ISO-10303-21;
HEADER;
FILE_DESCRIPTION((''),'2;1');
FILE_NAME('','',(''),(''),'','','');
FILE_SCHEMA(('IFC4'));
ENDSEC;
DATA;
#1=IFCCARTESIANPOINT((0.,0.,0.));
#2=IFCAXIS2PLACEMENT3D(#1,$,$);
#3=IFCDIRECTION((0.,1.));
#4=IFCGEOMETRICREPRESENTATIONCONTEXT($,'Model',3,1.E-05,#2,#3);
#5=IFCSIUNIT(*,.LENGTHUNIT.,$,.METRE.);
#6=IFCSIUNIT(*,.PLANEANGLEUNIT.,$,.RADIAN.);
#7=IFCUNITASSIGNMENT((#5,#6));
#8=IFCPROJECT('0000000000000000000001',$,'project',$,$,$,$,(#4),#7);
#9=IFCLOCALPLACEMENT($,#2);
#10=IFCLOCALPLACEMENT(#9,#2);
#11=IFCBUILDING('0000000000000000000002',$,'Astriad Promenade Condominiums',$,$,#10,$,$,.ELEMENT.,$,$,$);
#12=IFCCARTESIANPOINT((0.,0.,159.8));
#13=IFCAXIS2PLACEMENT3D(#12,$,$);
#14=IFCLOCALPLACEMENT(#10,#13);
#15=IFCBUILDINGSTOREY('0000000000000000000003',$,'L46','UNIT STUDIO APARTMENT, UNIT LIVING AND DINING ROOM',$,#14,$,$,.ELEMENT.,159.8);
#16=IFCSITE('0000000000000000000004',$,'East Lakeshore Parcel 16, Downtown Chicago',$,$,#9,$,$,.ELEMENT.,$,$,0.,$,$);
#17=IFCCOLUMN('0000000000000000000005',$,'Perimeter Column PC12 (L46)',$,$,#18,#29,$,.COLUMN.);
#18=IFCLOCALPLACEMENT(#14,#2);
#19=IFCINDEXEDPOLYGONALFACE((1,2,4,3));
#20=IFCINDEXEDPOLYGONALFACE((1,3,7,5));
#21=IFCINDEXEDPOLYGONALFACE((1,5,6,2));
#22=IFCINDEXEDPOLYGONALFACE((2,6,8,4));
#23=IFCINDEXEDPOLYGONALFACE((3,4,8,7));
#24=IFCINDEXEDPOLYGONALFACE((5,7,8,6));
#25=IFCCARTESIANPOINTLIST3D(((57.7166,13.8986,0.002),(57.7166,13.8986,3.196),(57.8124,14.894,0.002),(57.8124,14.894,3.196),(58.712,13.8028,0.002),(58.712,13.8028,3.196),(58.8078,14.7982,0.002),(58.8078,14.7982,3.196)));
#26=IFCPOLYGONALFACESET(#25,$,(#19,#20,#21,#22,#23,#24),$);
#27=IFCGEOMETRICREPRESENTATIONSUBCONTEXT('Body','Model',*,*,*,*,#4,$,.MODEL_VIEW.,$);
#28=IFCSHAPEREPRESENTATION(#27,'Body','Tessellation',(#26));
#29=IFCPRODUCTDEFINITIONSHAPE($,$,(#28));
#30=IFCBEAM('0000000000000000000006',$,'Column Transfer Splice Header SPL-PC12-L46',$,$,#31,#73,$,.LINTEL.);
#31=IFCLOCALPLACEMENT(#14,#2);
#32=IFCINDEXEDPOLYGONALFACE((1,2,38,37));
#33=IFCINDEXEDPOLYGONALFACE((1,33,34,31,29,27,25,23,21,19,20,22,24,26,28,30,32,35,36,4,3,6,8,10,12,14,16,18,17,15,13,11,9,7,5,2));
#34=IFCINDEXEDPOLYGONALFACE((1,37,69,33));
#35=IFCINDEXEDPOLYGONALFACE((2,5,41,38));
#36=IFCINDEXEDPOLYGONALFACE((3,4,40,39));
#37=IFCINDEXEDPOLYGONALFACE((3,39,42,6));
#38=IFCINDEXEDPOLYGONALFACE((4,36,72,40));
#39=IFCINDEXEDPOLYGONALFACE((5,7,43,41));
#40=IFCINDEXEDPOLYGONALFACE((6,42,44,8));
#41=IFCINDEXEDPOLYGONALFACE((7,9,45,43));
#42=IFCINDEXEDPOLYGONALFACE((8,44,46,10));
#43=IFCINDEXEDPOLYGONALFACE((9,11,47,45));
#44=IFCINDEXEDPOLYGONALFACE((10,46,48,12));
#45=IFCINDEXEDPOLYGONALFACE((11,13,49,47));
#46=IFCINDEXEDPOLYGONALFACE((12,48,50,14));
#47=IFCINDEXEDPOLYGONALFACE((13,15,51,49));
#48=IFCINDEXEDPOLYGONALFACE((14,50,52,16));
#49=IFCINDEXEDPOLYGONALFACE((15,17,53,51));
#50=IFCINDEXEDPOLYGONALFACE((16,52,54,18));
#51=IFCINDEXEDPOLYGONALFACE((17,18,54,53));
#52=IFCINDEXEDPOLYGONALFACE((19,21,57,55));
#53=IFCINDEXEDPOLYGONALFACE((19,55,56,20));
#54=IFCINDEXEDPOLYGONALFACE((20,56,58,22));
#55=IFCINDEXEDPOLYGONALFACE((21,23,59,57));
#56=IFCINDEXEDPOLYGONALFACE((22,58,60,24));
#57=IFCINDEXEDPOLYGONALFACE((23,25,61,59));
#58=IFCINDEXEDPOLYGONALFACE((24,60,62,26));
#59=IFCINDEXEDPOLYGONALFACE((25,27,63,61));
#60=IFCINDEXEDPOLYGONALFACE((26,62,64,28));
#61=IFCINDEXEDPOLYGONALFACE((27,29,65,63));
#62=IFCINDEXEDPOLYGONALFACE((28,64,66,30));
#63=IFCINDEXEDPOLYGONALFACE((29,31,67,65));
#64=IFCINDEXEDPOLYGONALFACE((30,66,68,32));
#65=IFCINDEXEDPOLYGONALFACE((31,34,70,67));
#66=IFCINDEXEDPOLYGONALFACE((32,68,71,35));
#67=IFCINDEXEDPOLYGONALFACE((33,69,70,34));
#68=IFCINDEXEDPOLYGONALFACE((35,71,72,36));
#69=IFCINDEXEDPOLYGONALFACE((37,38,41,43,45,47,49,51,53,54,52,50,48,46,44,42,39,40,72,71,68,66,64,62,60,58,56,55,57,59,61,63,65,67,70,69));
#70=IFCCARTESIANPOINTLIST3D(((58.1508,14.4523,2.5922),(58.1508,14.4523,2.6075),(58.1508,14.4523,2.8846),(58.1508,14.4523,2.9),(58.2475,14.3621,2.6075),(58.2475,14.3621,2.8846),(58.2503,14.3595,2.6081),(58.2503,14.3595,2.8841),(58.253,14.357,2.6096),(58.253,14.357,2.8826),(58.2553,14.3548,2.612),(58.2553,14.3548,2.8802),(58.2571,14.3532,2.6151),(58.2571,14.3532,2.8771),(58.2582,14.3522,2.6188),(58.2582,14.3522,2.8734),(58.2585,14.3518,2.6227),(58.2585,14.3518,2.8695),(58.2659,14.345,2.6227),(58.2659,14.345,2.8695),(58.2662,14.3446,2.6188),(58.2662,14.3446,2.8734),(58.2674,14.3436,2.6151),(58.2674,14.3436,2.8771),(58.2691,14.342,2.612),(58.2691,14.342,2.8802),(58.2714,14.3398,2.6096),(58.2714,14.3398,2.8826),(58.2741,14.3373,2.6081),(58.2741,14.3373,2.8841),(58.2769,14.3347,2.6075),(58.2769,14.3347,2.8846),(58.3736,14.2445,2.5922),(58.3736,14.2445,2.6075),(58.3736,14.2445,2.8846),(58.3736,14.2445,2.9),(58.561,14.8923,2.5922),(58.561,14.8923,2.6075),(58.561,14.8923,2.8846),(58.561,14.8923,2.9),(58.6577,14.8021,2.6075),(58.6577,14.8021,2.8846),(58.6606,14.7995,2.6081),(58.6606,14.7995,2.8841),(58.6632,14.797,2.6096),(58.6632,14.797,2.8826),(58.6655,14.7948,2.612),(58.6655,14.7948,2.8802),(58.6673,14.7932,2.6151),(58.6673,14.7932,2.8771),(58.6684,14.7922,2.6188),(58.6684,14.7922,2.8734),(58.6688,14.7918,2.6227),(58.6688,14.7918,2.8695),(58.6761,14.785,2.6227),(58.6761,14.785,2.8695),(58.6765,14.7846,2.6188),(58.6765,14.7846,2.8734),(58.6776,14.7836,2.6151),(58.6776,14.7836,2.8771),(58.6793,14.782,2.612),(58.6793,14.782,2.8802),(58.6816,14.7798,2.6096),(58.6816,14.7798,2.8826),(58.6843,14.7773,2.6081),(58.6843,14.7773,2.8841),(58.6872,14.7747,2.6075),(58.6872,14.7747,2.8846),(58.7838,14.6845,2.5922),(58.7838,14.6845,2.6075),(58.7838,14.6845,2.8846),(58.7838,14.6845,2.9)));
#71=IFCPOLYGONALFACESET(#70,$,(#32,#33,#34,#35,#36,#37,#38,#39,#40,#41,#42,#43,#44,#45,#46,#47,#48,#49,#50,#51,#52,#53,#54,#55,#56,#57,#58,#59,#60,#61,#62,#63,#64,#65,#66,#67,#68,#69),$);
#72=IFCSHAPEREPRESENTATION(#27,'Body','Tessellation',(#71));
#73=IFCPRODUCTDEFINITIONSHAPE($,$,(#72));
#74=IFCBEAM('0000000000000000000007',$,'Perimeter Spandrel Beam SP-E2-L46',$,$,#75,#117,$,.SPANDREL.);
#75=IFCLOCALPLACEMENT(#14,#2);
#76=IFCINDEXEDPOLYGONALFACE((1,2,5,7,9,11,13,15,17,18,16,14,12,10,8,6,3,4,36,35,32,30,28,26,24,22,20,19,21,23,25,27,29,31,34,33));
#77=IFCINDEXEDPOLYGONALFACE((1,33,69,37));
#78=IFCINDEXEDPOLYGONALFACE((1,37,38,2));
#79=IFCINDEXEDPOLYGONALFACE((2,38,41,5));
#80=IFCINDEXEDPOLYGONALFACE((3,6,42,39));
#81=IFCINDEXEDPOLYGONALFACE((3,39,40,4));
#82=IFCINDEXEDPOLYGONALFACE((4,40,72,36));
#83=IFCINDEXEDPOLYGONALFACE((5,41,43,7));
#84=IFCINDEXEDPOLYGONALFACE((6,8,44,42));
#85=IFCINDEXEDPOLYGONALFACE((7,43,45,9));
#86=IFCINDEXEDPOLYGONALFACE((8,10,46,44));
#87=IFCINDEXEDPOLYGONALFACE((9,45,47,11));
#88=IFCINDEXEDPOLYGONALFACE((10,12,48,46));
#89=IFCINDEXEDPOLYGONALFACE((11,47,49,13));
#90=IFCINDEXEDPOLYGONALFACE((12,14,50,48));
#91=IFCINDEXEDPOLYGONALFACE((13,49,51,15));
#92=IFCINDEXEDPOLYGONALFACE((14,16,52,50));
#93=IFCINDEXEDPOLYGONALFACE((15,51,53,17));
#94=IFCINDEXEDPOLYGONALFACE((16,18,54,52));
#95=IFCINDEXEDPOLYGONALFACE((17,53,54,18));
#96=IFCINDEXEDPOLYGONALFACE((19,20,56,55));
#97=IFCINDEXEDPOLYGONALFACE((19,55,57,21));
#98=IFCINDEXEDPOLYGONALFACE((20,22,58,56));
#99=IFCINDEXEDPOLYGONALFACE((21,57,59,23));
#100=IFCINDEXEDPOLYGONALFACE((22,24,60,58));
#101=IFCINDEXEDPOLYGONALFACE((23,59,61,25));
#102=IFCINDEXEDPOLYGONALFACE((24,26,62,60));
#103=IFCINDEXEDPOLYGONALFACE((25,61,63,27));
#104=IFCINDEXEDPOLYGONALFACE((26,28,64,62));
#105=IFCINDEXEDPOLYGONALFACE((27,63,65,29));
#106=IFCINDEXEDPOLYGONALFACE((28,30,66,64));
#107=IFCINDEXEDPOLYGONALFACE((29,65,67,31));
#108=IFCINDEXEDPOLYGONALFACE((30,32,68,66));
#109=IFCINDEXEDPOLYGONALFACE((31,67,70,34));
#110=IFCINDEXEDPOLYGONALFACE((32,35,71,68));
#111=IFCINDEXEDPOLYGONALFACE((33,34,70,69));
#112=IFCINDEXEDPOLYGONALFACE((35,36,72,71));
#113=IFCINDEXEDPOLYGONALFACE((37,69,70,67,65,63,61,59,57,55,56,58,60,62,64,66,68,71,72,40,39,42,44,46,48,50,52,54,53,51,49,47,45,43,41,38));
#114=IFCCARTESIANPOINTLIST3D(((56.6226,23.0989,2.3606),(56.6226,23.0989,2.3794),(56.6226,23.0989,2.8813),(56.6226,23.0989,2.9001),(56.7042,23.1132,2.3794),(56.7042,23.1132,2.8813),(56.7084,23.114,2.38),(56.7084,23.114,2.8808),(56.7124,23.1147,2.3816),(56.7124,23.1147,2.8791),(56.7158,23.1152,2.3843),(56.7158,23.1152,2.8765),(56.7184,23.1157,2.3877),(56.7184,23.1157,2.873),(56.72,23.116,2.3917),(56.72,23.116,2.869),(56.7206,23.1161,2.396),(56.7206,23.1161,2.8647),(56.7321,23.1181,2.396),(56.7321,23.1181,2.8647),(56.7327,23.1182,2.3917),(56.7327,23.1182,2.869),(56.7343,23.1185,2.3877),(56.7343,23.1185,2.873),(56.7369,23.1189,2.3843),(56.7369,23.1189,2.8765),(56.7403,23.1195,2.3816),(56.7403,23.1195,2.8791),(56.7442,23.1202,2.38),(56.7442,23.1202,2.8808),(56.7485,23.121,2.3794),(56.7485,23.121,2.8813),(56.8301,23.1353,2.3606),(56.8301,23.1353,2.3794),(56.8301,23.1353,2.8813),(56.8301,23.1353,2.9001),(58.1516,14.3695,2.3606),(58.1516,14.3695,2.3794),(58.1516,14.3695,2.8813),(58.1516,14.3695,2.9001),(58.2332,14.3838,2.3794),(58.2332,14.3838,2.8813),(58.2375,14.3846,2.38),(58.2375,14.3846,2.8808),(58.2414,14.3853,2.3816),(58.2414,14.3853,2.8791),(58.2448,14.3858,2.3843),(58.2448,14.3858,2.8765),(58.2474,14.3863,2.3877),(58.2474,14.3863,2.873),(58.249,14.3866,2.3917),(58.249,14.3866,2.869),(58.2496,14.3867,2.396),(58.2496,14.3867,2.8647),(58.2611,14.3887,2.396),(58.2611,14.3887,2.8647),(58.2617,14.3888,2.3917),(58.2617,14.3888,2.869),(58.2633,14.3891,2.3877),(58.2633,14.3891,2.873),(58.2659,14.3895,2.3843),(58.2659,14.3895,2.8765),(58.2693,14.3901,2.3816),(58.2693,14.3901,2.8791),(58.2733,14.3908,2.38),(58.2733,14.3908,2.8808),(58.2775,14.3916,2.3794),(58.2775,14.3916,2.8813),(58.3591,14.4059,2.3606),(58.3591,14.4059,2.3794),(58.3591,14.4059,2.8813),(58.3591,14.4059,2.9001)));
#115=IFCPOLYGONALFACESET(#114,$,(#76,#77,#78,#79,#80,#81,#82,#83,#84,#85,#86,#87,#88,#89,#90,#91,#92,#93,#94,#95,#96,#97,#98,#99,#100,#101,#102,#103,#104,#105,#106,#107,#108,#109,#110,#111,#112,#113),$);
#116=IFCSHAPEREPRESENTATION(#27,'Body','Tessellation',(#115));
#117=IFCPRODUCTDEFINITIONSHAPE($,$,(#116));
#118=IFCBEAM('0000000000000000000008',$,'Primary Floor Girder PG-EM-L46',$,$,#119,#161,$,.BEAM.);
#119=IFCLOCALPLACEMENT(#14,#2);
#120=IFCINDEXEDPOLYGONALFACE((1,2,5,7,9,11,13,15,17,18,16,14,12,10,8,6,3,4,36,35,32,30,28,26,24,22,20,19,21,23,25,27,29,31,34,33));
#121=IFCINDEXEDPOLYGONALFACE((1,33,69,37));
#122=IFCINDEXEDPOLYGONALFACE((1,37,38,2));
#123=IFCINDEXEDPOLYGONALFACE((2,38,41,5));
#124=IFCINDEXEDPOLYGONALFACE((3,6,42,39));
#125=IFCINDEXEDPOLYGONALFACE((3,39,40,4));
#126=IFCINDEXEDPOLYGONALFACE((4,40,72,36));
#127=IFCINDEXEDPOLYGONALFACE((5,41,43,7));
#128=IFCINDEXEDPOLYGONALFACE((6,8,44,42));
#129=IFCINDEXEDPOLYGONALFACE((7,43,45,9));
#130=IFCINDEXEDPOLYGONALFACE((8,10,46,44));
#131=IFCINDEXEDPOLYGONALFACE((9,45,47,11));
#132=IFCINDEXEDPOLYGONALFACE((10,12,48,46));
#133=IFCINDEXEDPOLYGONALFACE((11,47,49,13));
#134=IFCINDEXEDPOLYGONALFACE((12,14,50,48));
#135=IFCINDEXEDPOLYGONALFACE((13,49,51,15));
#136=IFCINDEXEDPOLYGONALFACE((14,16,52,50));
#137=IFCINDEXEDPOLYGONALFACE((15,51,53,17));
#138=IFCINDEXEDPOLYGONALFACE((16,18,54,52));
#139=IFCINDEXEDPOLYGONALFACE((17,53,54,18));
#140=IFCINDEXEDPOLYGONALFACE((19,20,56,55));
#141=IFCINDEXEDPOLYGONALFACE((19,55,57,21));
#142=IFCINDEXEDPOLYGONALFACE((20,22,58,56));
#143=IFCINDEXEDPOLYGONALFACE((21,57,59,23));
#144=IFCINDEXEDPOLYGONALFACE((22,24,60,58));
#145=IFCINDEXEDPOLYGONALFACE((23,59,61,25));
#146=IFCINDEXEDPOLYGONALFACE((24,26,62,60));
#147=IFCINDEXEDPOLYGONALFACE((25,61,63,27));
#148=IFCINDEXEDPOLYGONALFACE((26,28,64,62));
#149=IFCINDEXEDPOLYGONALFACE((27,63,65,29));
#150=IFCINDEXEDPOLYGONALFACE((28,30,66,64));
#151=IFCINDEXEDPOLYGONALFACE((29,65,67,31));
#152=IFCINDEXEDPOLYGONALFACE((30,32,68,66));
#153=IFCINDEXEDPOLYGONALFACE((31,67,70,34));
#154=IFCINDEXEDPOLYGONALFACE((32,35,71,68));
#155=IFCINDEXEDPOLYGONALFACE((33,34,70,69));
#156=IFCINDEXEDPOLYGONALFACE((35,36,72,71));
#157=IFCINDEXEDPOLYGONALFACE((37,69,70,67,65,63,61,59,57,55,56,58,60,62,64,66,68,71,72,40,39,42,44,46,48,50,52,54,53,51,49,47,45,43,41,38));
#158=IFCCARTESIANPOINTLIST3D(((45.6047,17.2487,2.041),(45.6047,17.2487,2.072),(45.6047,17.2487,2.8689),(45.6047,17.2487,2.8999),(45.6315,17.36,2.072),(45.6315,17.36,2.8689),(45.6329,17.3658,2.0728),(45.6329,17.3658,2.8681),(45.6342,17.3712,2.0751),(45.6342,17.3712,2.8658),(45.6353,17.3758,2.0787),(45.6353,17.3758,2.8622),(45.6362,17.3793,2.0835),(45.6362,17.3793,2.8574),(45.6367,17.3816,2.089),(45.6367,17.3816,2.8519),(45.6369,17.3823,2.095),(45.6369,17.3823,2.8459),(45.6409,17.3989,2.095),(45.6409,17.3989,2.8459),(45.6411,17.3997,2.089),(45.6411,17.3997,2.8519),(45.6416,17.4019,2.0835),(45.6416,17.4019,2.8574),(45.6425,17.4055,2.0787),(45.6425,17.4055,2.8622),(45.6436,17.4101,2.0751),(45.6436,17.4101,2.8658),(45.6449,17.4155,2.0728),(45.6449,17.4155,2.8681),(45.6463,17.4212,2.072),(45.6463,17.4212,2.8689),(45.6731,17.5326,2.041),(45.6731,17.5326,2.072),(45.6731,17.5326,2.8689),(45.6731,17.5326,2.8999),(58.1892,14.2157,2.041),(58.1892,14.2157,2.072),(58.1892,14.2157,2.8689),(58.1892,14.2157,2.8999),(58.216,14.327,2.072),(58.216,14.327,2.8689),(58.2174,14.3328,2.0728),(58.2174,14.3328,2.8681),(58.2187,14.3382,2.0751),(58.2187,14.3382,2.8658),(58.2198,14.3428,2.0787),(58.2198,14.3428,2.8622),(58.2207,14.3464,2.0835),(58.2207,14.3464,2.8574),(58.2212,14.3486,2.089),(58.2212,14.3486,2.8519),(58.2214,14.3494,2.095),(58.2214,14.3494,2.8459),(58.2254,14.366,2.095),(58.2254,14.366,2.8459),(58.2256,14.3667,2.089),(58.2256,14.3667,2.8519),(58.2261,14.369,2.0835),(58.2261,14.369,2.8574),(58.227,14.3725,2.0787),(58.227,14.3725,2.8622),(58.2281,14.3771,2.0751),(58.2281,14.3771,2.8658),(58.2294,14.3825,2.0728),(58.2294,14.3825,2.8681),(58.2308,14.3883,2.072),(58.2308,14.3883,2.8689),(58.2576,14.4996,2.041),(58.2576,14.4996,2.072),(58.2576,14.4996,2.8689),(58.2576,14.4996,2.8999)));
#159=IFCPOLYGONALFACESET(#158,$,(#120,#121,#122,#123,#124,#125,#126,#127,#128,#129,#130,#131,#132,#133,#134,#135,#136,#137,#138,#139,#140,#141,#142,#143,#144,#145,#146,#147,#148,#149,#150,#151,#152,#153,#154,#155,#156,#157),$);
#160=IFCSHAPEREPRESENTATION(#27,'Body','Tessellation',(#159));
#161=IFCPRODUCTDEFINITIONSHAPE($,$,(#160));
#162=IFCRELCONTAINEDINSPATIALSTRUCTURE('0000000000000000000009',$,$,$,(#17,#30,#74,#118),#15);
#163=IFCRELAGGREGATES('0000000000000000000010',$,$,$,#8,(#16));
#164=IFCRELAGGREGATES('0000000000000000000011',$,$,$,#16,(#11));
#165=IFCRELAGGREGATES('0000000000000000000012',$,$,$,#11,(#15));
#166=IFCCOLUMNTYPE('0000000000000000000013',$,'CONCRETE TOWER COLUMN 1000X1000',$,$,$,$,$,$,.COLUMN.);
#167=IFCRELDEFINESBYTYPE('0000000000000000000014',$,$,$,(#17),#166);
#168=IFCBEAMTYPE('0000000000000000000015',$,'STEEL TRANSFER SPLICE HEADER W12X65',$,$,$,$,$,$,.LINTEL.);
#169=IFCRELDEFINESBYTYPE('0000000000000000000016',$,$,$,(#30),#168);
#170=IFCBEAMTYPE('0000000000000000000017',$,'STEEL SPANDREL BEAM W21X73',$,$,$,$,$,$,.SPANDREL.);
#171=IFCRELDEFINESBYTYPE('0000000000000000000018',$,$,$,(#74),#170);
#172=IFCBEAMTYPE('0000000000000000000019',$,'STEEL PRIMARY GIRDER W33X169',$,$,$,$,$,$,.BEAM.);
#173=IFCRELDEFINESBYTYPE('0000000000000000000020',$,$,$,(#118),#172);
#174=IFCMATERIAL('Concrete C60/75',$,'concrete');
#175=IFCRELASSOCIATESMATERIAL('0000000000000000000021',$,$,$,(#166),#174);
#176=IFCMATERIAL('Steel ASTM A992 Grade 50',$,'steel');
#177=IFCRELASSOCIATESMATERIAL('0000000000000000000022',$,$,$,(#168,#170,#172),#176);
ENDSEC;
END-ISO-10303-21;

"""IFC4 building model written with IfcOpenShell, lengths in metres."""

from ifc_helpers import new_model, si_unit, direction, frame, origin, origin_2d, place, context, subcontext, project, spatial, rectangle, i_section, extrude, source, transform, mapped, material, material_profile, profile_set, type_object, type_shapes, element, save


model = new_model("IFC4")

# Units and contexts
model_context = context("Model", 3, precision=1e-05, world=origin(), true_north=direction((0.0, 1.0)))
body_context = subcontext(model_context, "Body", "Model", "MODEL_VIEW")
ifc_project = project(units=[si_unit("LENGTHUNIT", "METRE"), si_unit("PLANEANGLEUNIT", "RADIAN")], contexts=[model_context])

# Site, building, storey
site_placement = place(None, origin())
site = spatial("IfcSite", under=ifc_project, at=site_placement, Name="East Lakeshore Parcel 16, Downtown Chicago", CompositionType="ELEMENT", RefElevation=0.0)
building_placement = place(site_placement, origin())
building = spatial("IfcBuilding", under=site, at=building_placement, Name="Astriad Promenade Condominiums", CompositionType="ELEMENT")
storey_placement = place(building_placement, frame((0.0, 0.0, 159.8)))
storey = spatial("IfcBuildingStorey", under=building, at=storey_placement, Name="L46", Description="UNIT STUDIO APARTMENT, UNIT LIVING AND DINING ROOM", CompositionType="ELEMENT", Elevation=159.8)

# Column
ifc_material_1 = material(Name="Concrete C60/75", Category="concrete")
ifc_material_profile_1 = material_profile(ifc_material_1, rectangle(XDim=1.0, YDim=1.0, at=origin_2d()), Name="RC-COL-1000X1000")
ifc_profile_set_1 = profile_set([ifc_material_profile_1], Name="Concrete C60/75")
column_type = type_object("IfcColumnType", Name="CONCRETE TOWER COLUMN 1000X1000", PredefinedType="COLUMN", material=ifc_profile_set_1)
shared_shape_1 = source(origin(), body_context, "Body", "SweptSolid", [
    extrude(rectangle(XDim=1.0, YDim=1.0, at=origin_2d()), origin(), (0.0, 0.0, 1.0), 3.1941),
])
type_shapes(column_type, [shared_shape_1])
column_placement = place(storey_placement, frame((58.2622, 14.3484, 0.002), z_axis=(0.0, 0.0, 1.0), x_axis=(0.995396, -0.095846, 0.0)))
element("IfcColumn", 1, at=column_placement, inside=storey, type_object=column_type, Name="Perimeter Column PC12 (L46)", PredefinedType="COLUMN", context=body_context, shape_type="MappedRepresentation", body=[
    mapped(shared_shape_1, transform((0.0, 0.0, 0.0), scale=1.0)),
])

# Beams
ifc_material_2 = material(Name="Steel ASTM A992 Grade 50", Category="steel")
ifc_material_profile_2 = material_profile(ifc_material_2, i_section(OverallWidth=0.3047, OverallDepth=0.3079, WebThickness=0.01, FlangeThickness=0.0154, FilletRadius=0.0151, at=origin_2d()), Name="W12X65")
ifc_profile_set_2 = profile_set([ifc_material_profile_2], Name="Steel ASTM A992 Grade 50")
beam_type_1 = type_object("IfcBeamType", Name="STEEL TRANSFER SPLICE HEADER W12X65", PredefinedType="LINTEL", material=ifc_profile_set_2)
shared_shape_2 = source(origin(), body_context, "Body", "SweptSolid", [
    extrude(i_section(OverallWidth=0.3047, OverallDepth=0.3079, WebThickness=0.01, FlangeThickness=0.0154, FilletRadius=0.0151, at=origin_2d()), origin(), (0.0, 0.0, 1.0), 0.6016),
])
type_shapes(beam_type_1, [shared_shape_2])
beam_1_placement = place(storey_placement, frame((58.2622, 14.3484, 2.7461), z_axis=(0.681913, 0.731433, 0.0), x_axis=(-0.731433, 0.681913, 0.0)))
element("IfcBeam", 2, at=beam_1_placement, inside=storey, type_object=beam_type_1, Name="Column Transfer Splice Header SPL-PC12-L46", PredefinedType="LINTEL", context=body_context, shape_type="MappedRepresentation", body=[
    mapped(shared_shape_2, transform((0.0, 0.0, 0.0), scale=1.0)),
])
ifc_material_profile_3 = material_profile(ifc_material_2, i_section(OverallWidth=0.2107, OverallDepth=0.5396, WebThickness=0.0117, FlangeThickness=0.0188, FilletRadius=0.0166, at=origin_2d()), Name="W21X73")
ifc_profile_set_3 = profile_set([ifc_material_profile_3], Name="Steel ASTM A992 Grade 50")
beam_type_2 = type_object("IfcBeamType", Name="STEEL SPANDREL BEAM W21X73", PredefinedType="SPANDREL", material=ifc_profile_set_3)
shared_shape_3 = source(origin(), body_context, "Body", "SweptSolid", [
    extrude(i_section(OverallWidth=0.2107, OverallDepth=0.5396, WebThickness=0.0117, FlangeThickness=0.0188, FilletRadius=0.0166, at=origin_2d()), origin(), (0.0, 0.0, 1.0), 8.8623),
])
type_shapes(beam_type_2, [shared_shape_3])
beam_2_placement = place(storey_placement, frame((58.2554, 14.3877, 2.6304), z_axis=(-0.172533, 0.985004, 0.0), x_axis=(-0.985004, -0.172533, 0.0)))
element("IfcBeam", 3, at=beam_2_placement, inside=storey, type_object=beam_type_2, Name="Perimeter Spandrel Beam SP-E2-L46", PredefinedType="SPANDREL", context=body_context, shape_type="MappedRepresentation", body=[
    mapped(shared_shape_3, transform((0.0, 0.0, 0.0), scale=1.0)),
])
ifc_material_profile_4 = material_profile(ifc_material_2, i_section(OverallWidth=0.292, OverallDepth=0.8589, WebThickness=0.0171, FlangeThickness=0.031, FilletRadius=0.0229, at=origin_2d()), Name="W33X169")
ifc_profile_set_4 = profile_set([ifc_material_profile_4], Name="Steel ASTM A992 Grade 50")
beam_type_3 = type_object("IfcBeamType", Name="STEEL PRIMARY GIRDER W33X169", PredefinedType="BEAM", material=ifc_profile_set_4)
shared_shape_4 = source(origin(), body_context, "Body", "SweptSolid", [
    extrude(i_section(OverallWidth=0.292, OverallDepth=0.8589, WebThickness=0.0171, FlangeThickness=0.031, FilletRadius=0.0229, at=origin_2d()), origin(), (0.0, 0.0, 1.0), 12.9448),
])
type_shapes(beam_type_3, [shared_shape_4])
beam_3_placement = place(storey_placement, frame((58.2234, 14.3577, 2.4705), z_axis=(-0.972164, 0.234299, 0.0), x_axis=(-0.234299, -0.972164, 0.0)))
element("IfcBeam", 4, at=beam_3_placement, inside=storey, type_object=beam_type_3, Name="Primary Floor Girder PG-EM-L46", PredefinedType="BEAM", context=body_context, shape_type="MappedRepresentation", body=[
    mapped(shared_shape_4, transform((0.0, 0.0, 0.0), scale=1.0)),
])

save(model, "model.ifc")
